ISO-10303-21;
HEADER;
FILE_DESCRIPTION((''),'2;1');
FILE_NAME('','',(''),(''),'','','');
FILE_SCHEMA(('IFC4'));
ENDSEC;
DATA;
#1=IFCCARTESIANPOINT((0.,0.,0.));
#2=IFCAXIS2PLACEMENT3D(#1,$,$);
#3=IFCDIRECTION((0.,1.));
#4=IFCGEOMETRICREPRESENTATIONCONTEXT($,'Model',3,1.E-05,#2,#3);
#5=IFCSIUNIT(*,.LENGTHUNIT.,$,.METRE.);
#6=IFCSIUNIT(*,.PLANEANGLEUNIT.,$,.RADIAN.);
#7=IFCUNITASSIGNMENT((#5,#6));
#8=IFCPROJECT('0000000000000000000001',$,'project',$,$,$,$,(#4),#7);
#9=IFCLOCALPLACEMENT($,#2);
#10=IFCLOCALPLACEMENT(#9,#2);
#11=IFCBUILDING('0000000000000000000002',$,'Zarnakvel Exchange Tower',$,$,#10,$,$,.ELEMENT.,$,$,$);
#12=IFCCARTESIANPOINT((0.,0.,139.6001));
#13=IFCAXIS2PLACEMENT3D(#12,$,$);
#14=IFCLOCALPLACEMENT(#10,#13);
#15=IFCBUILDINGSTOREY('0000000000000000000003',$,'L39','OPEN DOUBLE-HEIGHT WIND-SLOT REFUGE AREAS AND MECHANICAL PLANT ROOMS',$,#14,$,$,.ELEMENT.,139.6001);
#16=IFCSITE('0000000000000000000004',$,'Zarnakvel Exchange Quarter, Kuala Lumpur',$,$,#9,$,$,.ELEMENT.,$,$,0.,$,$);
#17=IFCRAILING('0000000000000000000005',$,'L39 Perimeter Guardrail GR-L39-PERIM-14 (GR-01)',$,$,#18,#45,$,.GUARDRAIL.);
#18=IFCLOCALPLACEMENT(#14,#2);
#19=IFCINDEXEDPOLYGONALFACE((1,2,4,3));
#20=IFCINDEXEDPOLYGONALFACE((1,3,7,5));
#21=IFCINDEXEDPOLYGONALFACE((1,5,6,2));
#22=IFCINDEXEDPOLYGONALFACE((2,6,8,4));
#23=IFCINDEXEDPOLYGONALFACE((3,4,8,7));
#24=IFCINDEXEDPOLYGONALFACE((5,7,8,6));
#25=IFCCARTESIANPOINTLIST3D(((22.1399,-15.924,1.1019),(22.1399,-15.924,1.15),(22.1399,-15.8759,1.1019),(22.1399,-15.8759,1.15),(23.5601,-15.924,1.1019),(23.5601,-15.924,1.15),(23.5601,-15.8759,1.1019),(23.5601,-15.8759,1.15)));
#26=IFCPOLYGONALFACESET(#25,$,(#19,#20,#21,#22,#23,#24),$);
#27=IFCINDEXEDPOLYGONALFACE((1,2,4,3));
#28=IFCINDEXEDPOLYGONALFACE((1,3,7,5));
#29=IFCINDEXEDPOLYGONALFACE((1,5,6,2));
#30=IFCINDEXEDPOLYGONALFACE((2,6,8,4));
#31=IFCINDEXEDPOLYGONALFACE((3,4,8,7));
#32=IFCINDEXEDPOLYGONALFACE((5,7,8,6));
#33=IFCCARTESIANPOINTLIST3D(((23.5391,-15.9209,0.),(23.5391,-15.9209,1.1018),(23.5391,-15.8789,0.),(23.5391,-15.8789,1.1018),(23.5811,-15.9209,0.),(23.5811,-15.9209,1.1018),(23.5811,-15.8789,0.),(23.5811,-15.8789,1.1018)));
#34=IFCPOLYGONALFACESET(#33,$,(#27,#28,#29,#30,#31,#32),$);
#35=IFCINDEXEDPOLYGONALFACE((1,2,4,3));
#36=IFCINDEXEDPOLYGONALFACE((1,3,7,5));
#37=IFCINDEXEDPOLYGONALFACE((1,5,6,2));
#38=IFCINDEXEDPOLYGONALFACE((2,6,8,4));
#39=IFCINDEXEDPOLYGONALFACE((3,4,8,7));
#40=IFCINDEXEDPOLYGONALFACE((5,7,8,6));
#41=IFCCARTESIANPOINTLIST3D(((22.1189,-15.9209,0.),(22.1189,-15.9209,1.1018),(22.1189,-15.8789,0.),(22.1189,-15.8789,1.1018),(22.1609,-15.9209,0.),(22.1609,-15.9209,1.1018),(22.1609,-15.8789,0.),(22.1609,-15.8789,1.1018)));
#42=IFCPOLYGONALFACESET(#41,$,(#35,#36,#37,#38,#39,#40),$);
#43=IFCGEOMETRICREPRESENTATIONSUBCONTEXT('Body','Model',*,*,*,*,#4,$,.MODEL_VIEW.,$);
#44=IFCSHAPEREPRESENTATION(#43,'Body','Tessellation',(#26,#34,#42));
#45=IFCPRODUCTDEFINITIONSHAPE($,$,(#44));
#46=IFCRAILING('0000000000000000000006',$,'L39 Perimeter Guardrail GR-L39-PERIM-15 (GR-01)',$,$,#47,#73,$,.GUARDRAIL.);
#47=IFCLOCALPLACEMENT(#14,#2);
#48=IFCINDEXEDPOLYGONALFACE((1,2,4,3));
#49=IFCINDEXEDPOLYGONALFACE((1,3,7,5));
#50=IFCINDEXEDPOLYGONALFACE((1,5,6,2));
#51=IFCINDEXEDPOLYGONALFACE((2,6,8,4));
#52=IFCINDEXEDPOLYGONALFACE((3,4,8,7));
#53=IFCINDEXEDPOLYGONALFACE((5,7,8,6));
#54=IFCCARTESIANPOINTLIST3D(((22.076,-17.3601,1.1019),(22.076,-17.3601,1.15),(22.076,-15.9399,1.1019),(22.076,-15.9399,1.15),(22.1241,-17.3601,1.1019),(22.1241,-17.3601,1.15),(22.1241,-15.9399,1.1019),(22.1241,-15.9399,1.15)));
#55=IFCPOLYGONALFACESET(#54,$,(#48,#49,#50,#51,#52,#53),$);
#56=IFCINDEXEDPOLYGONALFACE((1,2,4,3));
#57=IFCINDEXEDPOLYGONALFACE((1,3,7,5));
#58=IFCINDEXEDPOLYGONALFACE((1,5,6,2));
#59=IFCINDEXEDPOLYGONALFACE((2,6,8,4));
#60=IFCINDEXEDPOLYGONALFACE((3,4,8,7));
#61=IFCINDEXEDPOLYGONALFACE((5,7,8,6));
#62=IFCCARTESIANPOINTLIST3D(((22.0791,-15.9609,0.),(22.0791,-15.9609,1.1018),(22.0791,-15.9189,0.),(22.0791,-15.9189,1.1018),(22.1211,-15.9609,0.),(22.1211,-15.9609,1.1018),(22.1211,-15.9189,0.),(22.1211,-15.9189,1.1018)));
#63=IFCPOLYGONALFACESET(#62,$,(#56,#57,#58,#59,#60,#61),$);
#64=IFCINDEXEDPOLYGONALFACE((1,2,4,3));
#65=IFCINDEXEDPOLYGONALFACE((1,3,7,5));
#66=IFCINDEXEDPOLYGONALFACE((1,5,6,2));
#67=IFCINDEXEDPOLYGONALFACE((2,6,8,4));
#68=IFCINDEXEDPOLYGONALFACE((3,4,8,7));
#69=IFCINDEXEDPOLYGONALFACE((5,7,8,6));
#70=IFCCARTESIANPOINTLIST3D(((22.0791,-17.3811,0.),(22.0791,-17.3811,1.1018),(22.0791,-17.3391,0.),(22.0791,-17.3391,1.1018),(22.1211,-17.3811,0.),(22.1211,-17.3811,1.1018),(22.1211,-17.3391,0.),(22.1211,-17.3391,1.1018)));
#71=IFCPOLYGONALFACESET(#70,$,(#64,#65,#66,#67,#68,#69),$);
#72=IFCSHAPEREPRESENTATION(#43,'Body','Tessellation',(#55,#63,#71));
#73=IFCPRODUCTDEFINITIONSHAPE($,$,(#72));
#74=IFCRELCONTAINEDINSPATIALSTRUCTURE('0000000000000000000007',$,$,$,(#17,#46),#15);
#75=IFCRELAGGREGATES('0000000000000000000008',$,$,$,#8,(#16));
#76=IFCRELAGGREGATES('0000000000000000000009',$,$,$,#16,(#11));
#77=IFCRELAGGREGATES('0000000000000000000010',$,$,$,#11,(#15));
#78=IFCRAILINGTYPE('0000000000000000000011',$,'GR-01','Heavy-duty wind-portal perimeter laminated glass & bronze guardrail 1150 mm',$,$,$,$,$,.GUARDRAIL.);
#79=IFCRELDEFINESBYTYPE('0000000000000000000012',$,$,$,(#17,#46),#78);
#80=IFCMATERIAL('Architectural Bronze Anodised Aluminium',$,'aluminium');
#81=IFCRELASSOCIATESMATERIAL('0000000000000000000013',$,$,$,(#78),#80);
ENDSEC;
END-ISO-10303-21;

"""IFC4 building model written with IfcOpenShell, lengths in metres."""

from ifc_helpers import new_model, si_unit, direction, frame, origin, origin_2d, place, context, subcontext, project, spatial, rectangle, extrude, material, type_object, element, save


model = new_model("IFC4")

# Units and contexts
model_context = context("Model", 3, precision=1e-05, world=origin(), true_north=direction((0.0, 1.0)))
body_context = subcontext(model_context, "Body", "Model", "MODEL_VIEW")
ifc_project = project(units=[si_unit("LENGTHUNIT", "METRE"), si_unit("PLANEANGLEUNIT", "RADIAN")], contexts=[model_context])

# Site, building, storey
site_placement = place(None, origin())
site = spatial("IfcSite", under=ifc_project, at=site_placement, Name="Zarnakvel Exchange Quarter, Kuala Lumpur", CompositionType="ELEMENT", RefElevation=0.0)
building_placement = place(site_placement, origin())
building = spatial("IfcBuilding", under=site, at=building_placement, Name="Zarnakvel Exchange Tower", CompositionType="ELEMENT")
storey_placement = place(building_placement, frame((0.0, 0.0, 139.6001)))
storey = spatial("IfcBuildingStorey", under=building, at=storey_placement, Name="L39", Description="OPEN DOUBLE-HEIGHT WIND-SLOT REFUGE AREAS AND MECHANICAL PLANT ROOMS", CompositionType="ELEMENT", Elevation=139.6001)

# Railings
ifc_material_1 = material(Name="Architectural Bronze Anodised Aluminium", Category="aluminium")
railing_type = type_object("IfcRailingType", Name="GR-01", Description="Heavy-duty wind-portal perimeter laminated glass & bronze guardrail 1150 mm", PredefinedType="GUARDRAIL", material=ifc_material_1)
railing_1_placement = place(storey_placement, frame((23.5601, -15.8999, 0.0)))
element("IfcRailing", 1, at=railing_1_placement, inside=storey, type_object=railing_type, Name="L39 Perimeter Guardrail GR-L39-PERIM-14 (GR-01)", PredefinedType="GUARDRAIL", context=body_context, shape_type="SweptSolid", body=[
    extrude(rectangle(XDim=0.0481, YDim=0.0481, at=origin_2d()), frame((0.0, 0.0, 1.126), z_axis=(-1.0, 0.0, 0.0), x_axis=(0.0, -1.0, 0.0)), (0.0, 0.0, 1.0), 1.4202),
    extrude(rectangle(XDim=0.042, YDim=0.042, at=origin_2d()), origin(), (0.0, 0.0, 1.0), 1.1018),
    extrude(rectangle(XDim=0.042, YDim=0.042, at=origin_2d()), frame((-1.4202, 0.0, 0.0)), (0.0, 0.0, 1.0), 1.1018),
])
railing_2_placement = place(storey_placement, frame((22.1001, -15.9399, 0.0)))
element("IfcRailing", 2, at=railing_2_placement, inside=storey, type_object=railing_type, Name="L39 Perimeter Guardrail GR-L39-PERIM-15 (GR-01)", PredefinedType="GUARDRAIL", context=body_context, shape_type="SweptSolid", body=[
    extrude(rectangle(XDim=0.0481, YDim=0.0481, at=origin_2d()), frame((0.0, 0.0, 1.126), z_axis=(0.0, -1.0, 0.0), x_axis=(1.0, 0.0, 0.0)), (0.0, 0.0, 1.0), 1.4202),
    extrude(rectangle(XDim=0.042, YDim=0.042, at=origin_2d()), origin(), (0.0, 0.0, 1.0), 1.1018),
    extrude(rectangle(XDim=0.042, YDim=0.042, at=origin_2d()), frame((0.0, -1.4202, 0.0)), (0.0, 0.0, 1.0), 1.1018),
])

save(model, "model.ifc")
